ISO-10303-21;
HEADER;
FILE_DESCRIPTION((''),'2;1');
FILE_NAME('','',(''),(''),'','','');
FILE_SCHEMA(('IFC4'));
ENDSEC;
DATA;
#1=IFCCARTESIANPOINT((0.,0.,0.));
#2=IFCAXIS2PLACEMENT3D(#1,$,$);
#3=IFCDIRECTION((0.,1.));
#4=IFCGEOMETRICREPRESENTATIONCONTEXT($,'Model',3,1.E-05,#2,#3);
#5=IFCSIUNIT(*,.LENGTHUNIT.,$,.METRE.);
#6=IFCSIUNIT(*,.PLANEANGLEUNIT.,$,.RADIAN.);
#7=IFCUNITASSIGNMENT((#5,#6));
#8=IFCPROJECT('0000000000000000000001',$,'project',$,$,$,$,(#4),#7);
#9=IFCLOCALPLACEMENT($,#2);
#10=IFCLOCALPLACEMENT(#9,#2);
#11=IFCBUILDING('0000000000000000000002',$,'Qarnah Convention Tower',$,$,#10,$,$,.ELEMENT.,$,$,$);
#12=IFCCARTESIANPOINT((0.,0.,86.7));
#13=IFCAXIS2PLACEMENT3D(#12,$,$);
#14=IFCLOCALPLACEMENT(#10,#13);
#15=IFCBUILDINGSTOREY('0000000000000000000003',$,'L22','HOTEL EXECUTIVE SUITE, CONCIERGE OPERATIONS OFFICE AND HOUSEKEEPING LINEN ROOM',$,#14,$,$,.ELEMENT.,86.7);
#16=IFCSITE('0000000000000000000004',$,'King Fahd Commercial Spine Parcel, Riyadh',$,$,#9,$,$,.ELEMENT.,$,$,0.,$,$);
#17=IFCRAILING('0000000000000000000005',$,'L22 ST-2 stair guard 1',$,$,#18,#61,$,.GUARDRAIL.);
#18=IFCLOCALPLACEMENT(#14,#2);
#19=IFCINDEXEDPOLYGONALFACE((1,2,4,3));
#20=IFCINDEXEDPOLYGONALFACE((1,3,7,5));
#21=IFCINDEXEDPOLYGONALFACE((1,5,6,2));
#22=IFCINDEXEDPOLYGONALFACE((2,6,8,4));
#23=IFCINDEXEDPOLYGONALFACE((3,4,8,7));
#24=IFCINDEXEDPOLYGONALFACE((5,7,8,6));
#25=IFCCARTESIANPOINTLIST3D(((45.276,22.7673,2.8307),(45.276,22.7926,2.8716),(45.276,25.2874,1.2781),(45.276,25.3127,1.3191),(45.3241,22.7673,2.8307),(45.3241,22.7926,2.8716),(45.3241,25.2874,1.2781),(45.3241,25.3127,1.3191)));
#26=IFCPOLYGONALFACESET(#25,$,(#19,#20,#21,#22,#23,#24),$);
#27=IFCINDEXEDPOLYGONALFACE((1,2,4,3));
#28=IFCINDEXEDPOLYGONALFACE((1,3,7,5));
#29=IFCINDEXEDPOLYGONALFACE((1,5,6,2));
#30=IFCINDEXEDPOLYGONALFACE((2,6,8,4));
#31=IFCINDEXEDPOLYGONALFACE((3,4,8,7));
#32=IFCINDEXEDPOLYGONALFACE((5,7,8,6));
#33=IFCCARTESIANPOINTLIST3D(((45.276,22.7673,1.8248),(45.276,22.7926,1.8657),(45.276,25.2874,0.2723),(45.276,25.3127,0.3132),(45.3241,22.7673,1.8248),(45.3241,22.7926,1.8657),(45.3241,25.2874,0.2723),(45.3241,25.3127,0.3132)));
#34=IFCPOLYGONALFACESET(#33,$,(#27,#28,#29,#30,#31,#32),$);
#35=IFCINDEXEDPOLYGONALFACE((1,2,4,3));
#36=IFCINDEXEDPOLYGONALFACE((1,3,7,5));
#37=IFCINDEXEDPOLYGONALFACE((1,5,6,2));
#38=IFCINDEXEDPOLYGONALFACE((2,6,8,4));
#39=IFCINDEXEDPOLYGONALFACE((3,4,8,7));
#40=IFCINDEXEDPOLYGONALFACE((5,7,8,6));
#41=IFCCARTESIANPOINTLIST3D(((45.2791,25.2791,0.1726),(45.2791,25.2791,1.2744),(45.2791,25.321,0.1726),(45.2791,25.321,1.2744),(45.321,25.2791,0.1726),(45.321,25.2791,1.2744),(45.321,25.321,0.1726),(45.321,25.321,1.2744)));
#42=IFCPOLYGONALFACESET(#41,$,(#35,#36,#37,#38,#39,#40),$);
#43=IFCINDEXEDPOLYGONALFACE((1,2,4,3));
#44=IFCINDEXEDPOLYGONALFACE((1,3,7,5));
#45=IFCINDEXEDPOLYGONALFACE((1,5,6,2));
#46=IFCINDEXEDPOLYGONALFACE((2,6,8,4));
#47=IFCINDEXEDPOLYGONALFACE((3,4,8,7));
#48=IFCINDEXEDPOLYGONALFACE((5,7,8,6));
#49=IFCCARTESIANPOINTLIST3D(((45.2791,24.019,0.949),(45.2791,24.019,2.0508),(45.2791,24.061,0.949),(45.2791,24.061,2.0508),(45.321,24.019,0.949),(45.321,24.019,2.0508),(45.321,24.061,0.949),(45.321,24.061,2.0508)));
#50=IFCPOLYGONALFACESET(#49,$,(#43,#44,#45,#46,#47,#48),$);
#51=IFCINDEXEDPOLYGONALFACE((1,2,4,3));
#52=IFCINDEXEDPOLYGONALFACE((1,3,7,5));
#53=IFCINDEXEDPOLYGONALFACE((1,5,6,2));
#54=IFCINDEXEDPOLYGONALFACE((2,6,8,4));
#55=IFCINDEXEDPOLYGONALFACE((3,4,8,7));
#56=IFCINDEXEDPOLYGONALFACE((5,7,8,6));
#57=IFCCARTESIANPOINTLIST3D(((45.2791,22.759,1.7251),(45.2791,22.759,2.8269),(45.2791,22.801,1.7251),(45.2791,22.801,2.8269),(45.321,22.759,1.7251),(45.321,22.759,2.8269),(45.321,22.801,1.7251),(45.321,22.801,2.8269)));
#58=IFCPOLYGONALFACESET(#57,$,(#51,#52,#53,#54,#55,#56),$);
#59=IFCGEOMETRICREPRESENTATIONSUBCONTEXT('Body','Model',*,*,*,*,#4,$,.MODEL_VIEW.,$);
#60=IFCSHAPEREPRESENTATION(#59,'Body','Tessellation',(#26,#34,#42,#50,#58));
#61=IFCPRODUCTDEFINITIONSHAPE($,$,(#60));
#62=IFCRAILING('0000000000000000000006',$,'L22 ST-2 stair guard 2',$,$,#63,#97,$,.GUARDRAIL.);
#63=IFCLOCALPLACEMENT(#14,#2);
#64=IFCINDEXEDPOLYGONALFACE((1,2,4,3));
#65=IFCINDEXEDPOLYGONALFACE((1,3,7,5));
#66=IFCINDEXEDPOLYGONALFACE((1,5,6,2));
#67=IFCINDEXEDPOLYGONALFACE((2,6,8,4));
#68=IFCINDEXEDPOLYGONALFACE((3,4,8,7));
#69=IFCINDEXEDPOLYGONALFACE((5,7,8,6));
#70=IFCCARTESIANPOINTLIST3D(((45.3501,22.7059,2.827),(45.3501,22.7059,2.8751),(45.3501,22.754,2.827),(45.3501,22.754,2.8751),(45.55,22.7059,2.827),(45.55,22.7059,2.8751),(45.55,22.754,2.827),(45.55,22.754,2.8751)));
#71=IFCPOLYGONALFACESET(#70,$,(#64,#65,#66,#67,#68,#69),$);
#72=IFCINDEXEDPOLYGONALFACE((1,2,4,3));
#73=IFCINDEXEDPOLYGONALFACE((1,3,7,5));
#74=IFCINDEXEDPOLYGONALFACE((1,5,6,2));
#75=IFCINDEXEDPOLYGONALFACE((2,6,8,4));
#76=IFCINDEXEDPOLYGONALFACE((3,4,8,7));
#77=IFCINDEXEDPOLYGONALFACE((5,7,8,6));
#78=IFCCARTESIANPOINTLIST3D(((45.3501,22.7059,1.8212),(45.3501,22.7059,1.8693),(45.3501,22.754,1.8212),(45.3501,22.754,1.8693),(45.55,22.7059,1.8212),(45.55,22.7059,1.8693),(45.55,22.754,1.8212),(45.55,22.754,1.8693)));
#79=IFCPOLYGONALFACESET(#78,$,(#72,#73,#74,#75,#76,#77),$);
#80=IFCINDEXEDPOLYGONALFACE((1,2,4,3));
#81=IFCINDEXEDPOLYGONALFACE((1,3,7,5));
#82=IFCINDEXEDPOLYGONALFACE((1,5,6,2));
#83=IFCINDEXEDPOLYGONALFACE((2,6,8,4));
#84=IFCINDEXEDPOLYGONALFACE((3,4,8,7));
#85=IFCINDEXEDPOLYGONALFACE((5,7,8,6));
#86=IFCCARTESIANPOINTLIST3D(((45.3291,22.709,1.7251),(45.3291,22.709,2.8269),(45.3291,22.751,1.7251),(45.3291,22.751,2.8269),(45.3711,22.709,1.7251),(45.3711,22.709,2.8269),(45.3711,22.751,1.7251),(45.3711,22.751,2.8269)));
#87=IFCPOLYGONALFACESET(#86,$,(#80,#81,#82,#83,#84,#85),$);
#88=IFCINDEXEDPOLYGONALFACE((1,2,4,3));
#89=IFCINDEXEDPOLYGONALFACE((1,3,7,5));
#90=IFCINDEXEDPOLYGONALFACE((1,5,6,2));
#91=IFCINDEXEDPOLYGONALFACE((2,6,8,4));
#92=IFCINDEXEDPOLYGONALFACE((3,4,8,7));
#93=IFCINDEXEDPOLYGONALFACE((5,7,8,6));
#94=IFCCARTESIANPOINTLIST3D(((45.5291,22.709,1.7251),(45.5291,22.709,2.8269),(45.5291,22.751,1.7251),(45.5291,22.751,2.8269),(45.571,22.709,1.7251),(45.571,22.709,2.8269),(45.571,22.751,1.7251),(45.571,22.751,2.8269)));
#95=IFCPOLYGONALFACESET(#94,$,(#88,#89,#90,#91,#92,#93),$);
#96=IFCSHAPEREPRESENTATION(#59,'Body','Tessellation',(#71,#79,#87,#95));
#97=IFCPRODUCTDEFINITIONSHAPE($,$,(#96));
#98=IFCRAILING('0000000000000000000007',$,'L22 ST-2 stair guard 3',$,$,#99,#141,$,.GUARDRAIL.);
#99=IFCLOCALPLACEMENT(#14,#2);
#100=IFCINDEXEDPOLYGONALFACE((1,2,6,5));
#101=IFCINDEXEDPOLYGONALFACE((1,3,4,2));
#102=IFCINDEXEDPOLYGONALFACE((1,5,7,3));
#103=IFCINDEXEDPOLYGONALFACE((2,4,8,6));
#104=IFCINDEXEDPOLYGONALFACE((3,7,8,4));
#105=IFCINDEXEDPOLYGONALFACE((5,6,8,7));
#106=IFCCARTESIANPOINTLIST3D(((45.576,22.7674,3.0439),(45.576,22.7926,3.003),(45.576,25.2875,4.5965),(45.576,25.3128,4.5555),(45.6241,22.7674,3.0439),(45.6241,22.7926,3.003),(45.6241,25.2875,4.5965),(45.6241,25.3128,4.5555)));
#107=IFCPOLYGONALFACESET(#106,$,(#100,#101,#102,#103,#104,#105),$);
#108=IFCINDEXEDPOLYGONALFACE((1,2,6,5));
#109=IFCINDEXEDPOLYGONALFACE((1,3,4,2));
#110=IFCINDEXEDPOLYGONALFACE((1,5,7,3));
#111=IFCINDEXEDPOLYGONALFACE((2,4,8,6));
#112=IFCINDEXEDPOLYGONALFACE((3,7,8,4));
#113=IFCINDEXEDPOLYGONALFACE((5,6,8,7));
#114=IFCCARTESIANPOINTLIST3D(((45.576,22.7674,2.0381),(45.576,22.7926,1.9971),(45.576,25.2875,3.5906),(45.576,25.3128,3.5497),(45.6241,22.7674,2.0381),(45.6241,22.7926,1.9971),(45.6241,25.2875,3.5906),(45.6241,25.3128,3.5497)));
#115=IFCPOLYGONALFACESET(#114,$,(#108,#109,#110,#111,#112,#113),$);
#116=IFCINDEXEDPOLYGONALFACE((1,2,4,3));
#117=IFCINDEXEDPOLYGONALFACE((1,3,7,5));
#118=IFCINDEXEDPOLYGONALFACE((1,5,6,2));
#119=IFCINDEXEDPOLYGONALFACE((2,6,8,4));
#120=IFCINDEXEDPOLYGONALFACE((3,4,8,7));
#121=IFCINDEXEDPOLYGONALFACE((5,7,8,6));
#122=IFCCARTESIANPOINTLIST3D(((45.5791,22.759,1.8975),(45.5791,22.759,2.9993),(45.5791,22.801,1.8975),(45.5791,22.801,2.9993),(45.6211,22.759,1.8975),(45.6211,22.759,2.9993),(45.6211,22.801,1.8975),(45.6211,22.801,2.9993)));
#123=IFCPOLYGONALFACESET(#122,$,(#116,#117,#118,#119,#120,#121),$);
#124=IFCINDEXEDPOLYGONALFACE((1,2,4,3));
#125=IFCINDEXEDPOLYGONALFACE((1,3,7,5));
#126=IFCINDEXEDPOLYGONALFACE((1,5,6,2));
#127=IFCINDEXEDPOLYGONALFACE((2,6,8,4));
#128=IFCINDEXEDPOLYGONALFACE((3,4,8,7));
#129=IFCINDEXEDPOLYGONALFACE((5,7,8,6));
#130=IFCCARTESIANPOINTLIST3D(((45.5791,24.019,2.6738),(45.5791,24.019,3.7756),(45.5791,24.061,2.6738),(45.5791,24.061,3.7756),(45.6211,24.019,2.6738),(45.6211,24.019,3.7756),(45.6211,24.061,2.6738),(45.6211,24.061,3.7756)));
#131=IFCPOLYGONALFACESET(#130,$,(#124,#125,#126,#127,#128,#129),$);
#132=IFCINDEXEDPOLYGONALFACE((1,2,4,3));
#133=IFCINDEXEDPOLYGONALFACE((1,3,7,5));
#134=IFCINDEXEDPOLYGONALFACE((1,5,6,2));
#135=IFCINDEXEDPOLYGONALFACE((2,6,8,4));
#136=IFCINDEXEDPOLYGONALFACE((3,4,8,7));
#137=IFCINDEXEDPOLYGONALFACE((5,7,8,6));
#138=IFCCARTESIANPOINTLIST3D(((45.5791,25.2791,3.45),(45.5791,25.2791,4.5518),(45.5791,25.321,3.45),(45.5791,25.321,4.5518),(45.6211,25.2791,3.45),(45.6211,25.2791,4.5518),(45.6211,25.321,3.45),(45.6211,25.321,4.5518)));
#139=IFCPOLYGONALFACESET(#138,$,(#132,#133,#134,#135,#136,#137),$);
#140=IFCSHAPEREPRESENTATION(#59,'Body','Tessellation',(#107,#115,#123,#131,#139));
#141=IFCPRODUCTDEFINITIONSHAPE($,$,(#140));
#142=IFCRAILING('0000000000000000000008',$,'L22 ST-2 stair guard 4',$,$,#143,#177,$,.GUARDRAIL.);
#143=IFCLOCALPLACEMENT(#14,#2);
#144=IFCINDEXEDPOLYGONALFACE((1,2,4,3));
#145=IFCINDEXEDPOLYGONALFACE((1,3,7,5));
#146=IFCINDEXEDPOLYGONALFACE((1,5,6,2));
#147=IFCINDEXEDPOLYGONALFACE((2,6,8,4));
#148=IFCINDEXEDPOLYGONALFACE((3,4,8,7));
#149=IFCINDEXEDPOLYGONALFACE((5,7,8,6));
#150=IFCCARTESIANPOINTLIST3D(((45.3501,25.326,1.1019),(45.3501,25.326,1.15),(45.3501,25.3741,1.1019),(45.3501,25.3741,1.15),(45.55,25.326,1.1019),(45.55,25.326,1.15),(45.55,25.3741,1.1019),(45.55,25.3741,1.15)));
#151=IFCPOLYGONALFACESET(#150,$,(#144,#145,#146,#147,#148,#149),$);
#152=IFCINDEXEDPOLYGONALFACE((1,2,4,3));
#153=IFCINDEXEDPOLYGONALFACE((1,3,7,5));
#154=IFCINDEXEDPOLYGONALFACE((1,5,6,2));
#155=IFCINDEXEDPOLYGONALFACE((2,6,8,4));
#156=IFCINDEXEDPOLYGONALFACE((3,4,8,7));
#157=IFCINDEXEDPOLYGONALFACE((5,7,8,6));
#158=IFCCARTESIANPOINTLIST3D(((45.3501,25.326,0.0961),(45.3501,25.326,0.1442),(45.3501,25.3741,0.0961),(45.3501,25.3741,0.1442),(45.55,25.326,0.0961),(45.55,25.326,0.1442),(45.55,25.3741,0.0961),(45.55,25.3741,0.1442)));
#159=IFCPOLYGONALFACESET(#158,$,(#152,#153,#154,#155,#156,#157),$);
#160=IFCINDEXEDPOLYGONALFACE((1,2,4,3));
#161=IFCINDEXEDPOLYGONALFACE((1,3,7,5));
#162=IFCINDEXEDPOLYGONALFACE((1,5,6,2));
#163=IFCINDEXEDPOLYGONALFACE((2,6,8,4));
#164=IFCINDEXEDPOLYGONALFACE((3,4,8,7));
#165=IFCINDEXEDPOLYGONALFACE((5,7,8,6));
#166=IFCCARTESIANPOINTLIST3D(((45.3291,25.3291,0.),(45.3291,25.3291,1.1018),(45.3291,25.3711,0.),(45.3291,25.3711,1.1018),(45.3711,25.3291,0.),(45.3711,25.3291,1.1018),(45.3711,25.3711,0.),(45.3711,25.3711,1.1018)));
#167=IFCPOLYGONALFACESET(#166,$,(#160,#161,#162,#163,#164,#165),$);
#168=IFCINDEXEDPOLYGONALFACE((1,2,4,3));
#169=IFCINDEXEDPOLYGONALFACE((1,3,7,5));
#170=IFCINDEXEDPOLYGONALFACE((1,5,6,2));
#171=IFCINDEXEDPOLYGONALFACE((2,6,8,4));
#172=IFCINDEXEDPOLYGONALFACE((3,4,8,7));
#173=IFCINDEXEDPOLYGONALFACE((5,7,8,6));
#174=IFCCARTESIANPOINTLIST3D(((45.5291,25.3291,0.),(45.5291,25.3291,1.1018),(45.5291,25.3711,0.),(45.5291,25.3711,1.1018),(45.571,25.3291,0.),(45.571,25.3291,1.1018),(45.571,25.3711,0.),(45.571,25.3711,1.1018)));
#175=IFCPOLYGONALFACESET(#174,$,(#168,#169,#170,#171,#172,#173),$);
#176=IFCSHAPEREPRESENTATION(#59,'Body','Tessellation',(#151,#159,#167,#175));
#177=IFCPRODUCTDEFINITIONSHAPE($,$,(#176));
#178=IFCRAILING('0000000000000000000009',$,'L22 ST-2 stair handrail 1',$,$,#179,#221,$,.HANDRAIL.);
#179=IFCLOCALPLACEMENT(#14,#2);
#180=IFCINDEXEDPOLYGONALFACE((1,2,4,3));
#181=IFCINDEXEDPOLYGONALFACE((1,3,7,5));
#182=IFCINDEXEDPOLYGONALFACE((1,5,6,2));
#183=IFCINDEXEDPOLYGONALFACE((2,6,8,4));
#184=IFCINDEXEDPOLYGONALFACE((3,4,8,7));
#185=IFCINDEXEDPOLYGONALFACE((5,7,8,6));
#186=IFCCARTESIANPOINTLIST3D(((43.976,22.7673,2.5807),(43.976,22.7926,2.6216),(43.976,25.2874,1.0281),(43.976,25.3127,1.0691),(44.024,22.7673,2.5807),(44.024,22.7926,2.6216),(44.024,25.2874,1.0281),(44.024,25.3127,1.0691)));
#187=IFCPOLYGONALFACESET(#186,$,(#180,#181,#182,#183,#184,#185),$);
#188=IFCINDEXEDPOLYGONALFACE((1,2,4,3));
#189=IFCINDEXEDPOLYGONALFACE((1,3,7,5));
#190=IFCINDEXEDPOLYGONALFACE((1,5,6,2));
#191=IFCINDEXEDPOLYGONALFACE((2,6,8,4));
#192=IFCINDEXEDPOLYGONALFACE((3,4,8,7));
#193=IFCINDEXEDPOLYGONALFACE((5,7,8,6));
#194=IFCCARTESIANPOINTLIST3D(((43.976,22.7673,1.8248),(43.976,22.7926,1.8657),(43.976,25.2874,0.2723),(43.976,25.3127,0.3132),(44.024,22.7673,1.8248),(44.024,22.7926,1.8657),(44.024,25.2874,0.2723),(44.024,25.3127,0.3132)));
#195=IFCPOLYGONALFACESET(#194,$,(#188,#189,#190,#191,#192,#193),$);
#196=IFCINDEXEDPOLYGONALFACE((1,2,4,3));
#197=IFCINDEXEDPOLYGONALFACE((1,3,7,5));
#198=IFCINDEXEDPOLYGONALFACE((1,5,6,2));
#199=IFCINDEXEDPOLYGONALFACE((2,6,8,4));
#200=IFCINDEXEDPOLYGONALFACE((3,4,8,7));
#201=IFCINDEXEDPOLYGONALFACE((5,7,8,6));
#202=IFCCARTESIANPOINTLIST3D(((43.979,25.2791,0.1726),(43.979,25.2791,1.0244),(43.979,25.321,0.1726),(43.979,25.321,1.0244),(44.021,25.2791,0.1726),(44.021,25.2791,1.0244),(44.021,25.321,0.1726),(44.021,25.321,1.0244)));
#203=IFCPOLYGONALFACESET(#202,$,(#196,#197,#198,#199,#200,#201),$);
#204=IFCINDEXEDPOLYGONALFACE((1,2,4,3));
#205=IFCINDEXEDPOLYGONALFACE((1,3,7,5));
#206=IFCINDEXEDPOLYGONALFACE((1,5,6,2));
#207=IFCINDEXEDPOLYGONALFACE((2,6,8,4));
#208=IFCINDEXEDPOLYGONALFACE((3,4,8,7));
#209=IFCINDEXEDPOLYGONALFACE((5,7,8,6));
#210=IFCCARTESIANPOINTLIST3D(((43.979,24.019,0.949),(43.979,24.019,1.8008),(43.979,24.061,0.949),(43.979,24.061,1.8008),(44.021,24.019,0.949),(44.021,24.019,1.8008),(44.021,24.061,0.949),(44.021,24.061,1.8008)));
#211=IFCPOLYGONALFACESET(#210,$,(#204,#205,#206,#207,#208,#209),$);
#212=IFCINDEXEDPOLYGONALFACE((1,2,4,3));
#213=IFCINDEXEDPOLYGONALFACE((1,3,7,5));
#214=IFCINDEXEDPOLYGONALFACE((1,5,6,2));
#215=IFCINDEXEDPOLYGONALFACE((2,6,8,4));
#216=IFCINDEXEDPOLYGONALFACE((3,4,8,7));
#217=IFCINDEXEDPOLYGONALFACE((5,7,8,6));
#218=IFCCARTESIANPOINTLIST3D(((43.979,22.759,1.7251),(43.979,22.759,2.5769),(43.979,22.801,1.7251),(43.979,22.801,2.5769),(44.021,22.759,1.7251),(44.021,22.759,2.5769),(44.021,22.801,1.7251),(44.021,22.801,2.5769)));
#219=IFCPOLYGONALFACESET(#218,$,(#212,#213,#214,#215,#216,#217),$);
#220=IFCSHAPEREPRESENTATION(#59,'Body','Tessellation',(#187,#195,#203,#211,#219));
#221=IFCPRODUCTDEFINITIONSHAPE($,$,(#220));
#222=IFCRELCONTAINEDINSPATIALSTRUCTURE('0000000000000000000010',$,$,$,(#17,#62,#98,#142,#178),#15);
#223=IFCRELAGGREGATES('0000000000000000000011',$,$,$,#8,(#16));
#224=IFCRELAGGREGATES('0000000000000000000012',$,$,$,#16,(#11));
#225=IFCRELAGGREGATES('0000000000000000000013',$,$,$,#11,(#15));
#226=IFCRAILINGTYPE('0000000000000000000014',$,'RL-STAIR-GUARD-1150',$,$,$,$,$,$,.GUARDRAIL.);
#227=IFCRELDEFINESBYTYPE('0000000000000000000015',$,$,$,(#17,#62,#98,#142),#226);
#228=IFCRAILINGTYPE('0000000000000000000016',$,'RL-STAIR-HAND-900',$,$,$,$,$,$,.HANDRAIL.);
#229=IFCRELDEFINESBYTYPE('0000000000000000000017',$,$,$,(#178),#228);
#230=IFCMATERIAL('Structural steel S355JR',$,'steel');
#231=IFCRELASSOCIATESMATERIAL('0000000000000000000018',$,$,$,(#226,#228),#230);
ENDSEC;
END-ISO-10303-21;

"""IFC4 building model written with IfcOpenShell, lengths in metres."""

from ifc_helpers import new_model, si_unit, direction, frame, origin, origin_2d, place, context, subcontext, project, spatial, rectangle, extrude, material, type_object, element, save


model = new_model("IFC4")

# Units and contexts
model_context = context("Model", 3, precision=1e-05, world=origin(), true_north=direction((0.0, 1.0)))
body_context = subcontext(model_context, "Body", "Model", "MODEL_VIEW")
ifc_project = project(units=[si_unit("LENGTHUNIT", "METRE"), si_unit("PLANEANGLEUNIT", "RADIAN")], contexts=[model_context])

# Site, building, storey
site_placement = place(None, origin())
site = spatial("IfcSite", under=ifc_project, at=site_placement, Name="King Fahd Commercial Spine Parcel, Riyadh", CompositionType="ELEMENT", RefElevation=0.0)
building_placement = place(site_placement, origin())
building = spatial("IfcBuilding", under=site, at=building_placement, Name="Qarnah Convention Tower", CompositionType="ELEMENT")
storey_placement = place(building_placement, frame((0.0, 0.0, 86.7)))
storey = spatial("IfcBuildingStorey", under=building, at=storey_placement, Name="L22", Description="HOTEL EXECUTIVE SUITE, CONCIERGE OPERATIONS OFFICE AND HOUSEKEEPING LINEN ROOM", CompositionType="ELEMENT", Elevation=86.7)

# Shared definitions
ifc_material_1 = material(Name="Structural steel S355JR", Category="steel")

# Railings
railing_type_1 = type_object("IfcRailingType", Name="RL-STAIR-GUARD-1150", PredefinedType="GUARDRAIL", material=ifc_material_1)
railing_1_placement = place(storey_placement, frame((45.3, 25.3, 0.1726)))
element("IfcRailing", 1, at=railing_1_placement, inside=storey, type_object=railing_type_1, Name="L22 ST-2 stair guard 1", PredefinedType="GUARDRAIL", context=body_context, shape_type="SweptSolid", body=[
    extrude(rectangle(XDim=0.0481, YDim=0.0481, at=origin_2d()), frame((0.0, 0.0, 1.126), z_axis=(0.0, -0.8514, 0.524516), x_axis=(1.0, 0.0, 0.0)), (0.0, 0.0, 1.0), 2.96),
    extrude(rectangle(XDim=0.0481, YDim=0.0481, at=origin_2d()), frame((0.0, 0.0, 0.1201), z_axis=(0.0, -0.8514, 0.524516), x_axis=(1.0, 0.0, 0.0)), (0.0, 0.0, 1.0), 2.96),
    extrude(rectangle(XDim=0.042, YDim=0.042, at=origin_2d()), origin(), (0.0, 0.0, 1.0), 1.1018),
    extrude(rectangle(XDim=0.042, YDim=0.042, at=origin_2d()), frame((0.0, -1.26, 0.7764)), (0.0, 0.0, 1.0), 1.1018),
    extrude(rectangle(XDim=0.042, YDim=0.042, at=origin_2d()), frame((0.0, -2.52, 1.5525)), (0.0, 0.0, 1.0), 1.1018),
])
railing_2_placement = place(storey_placement, frame((45.3501, 22.73, 1.7251)))
element("IfcRailing", 2, at=railing_2_placement, inside=storey, type_object=railing_type_1, Name="L22 ST-2 stair guard 2", PredefinedType="GUARDRAIL", context=body_context, shape_type="SweptSolid", body=[
    extrude(rectangle(XDim=0.0481, YDim=0.0481, at=origin_2d()), frame((0.0, 0.0, 1.126), z_axis=(1.0, 0.0, 0.0), x_axis=(0.0, 1.0, 0.0)), (0.0, 0.0, 1.0), 0.2),
    extrude(rectangle(XDim=0.0481, YDim=0.0481, at=origin_2d()), frame((0.0, 0.0, 0.1201), z_axis=(1.0, 0.0, 0.0), x_axis=(0.0, 1.0, 0.0)), (0.0, 0.0, 1.0), 0.2),
    extrude(rectangle(XDim=0.042, YDim=0.042, at=origin_2d()), origin(), (0.0, 0.0, 1.0), 1.1018),
    extrude(rectangle(XDim=0.042, YDim=0.042, at=origin_2d()), frame((0.2, 0.0, 0.0)), (0.0, 0.0, 1.0), 1.1018),
])
railing_3_placement = place(storey_placement, frame((45.6001, 22.78, 1.8975)))
element("IfcRailing", 3, at=railing_3_placement, inside=storey, type_object=railing_type_1, Name="L22 ST-2 stair guard 3", PredefinedType="GUARDRAIL", context=body_context, shape_type="SweptSolid", body=[
    extrude(rectangle(XDim=0.0481, YDim=0.0481, at=origin_2d()), frame((0.0, 0.0, 1.126), z_axis=(0.0, 0.8514, 0.524516), x_axis=(-1.0, 0.0, 0.0)), (0.0, 0.0, 1.0), 2.96),
    extrude(rectangle(XDim=0.0481, YDim=0.0481, at=origin_2d()), frame((0.0, 0.0, 0.1201), z_axis=(0.0, 0.8514, 0.524516), x_axis=(-1.0, 0.0, 0.0)), (0.0, 0.0, 1.0), 2.96),
    extrude(rectangle(XDim=0.042, YDim=0.042, at=origin_2d()), origin(), (0.0, 0.0, 1.0), 1.1018),
    extrude(rectangle(XDim=0.042, YDim=0.042, at=origin_2d()), frame((0.0, 1.26, 0.7764)), (0.0, 0.0, 1.0), 1.1018),
    extrude(rectangle(XDim=0.042, YDim=0.042, at=origin_2d()), frame((0.0, 2.52, 1.5525)), (0.0, 0.0, 1.0), 1.1018),
])
railing_4_placement = place(storey_placement, frame((45.3501, 25.3501, 0.0)))
element("IfcRailing", 4, at=railing_4_placement, inside=storey, type_object=railing_type_1, Name="L22 ST-2 stair guard 4", PredefinedType="GUARDRAIL", context=body_context, shape_type="SweptSolid", body=[
    extrude(rectangle(XDim=0.0481, YDim=0.0481, at=origin_2d()), frame((0.0, 0.0, 1.126), z_axis=(1.0, 0.0, 0.0), x_axis=(0.0, 1.0, 0.0)), (0.0, 0.0, 1.0), 0.2),
    extrude(rectangle(XDim=0.0481, YDim=0.0481, at=origin_2d()), frame((0.0, 0.0, 0.1201), z_axis=(1.0, 0.0, 0.0), x_axis=(0.0, 1.0, 0.0)), (0.0, 0.0, 1.0), 0.2),
    extrude(rectangle(XDim=0.042, YDim=0.042, at=origin_2d()), origin(), (0.0, 0.0, 1.0), 1.1018),
    extrude(rectangle(XDim=0.042, YDim=0.042, at=origin_2d()), frame((0.2, 0.0, 0.0)), (0.0, 0.0, 1.0), 1.1018),
])
railing_type_2 = type_object("IfcRailingType", Name="RL-STAIR-HAND-900", PredefinedType="HANDRAIL", material=ifc_material_1)
railing_5_placement = place(storey_placement, frame((44.0, 25.3, 0.1726)))
element("IfcRailing", 5, at=railing_5_placement, inside=storey, type_object=railing_type_2, Name="L22 ST-2 stair handrail 1", PredefinedType="HANDRAIL", context=body_context, shape_type="SweptSolid", body=[
    extrude(rectangle(XDim=0.0481, YDim=0.0481, at=origin_2d()), frame((0.0, 0.0, 0.876), z_axis=(0.0, -0.8514, 0.524516), x_axis=(1.0, 0.0, 0.0)), (0.0, 0.0, 1.0), 2.96),
    extrude(rectangle(XDim=0.0481, YDim=0.0481, at=origin_2d()), frame((0.0, 0.0, 0.1201), z_axis=(0.0, -0.8514, 0.524516), x_axis=(1.0, 0.0, 0.0)), (0.0, 0.0, 1.0), 2.96),
    extrude(rectangle(XDim=0.042, YDim=0.042, at=origin_2d()), origin(), (0.0, 0.0, 1.0), 0.8518),
    extrude(rectangle(XDim=0.042, YDim=0.042, at=origin_2d()), frame((0.0, -1.26, 0.7764)), (0.0, 0.0, 1.0), 0.8518),
    extrude(rectangle(XDim=0.042, YDim=0.042, at=origin_2d()), frame((0.0, -2.52, 1.5525)), (0.0, 0.0, 1.0), 0.8518),
])

save(model, "model.ifc")
